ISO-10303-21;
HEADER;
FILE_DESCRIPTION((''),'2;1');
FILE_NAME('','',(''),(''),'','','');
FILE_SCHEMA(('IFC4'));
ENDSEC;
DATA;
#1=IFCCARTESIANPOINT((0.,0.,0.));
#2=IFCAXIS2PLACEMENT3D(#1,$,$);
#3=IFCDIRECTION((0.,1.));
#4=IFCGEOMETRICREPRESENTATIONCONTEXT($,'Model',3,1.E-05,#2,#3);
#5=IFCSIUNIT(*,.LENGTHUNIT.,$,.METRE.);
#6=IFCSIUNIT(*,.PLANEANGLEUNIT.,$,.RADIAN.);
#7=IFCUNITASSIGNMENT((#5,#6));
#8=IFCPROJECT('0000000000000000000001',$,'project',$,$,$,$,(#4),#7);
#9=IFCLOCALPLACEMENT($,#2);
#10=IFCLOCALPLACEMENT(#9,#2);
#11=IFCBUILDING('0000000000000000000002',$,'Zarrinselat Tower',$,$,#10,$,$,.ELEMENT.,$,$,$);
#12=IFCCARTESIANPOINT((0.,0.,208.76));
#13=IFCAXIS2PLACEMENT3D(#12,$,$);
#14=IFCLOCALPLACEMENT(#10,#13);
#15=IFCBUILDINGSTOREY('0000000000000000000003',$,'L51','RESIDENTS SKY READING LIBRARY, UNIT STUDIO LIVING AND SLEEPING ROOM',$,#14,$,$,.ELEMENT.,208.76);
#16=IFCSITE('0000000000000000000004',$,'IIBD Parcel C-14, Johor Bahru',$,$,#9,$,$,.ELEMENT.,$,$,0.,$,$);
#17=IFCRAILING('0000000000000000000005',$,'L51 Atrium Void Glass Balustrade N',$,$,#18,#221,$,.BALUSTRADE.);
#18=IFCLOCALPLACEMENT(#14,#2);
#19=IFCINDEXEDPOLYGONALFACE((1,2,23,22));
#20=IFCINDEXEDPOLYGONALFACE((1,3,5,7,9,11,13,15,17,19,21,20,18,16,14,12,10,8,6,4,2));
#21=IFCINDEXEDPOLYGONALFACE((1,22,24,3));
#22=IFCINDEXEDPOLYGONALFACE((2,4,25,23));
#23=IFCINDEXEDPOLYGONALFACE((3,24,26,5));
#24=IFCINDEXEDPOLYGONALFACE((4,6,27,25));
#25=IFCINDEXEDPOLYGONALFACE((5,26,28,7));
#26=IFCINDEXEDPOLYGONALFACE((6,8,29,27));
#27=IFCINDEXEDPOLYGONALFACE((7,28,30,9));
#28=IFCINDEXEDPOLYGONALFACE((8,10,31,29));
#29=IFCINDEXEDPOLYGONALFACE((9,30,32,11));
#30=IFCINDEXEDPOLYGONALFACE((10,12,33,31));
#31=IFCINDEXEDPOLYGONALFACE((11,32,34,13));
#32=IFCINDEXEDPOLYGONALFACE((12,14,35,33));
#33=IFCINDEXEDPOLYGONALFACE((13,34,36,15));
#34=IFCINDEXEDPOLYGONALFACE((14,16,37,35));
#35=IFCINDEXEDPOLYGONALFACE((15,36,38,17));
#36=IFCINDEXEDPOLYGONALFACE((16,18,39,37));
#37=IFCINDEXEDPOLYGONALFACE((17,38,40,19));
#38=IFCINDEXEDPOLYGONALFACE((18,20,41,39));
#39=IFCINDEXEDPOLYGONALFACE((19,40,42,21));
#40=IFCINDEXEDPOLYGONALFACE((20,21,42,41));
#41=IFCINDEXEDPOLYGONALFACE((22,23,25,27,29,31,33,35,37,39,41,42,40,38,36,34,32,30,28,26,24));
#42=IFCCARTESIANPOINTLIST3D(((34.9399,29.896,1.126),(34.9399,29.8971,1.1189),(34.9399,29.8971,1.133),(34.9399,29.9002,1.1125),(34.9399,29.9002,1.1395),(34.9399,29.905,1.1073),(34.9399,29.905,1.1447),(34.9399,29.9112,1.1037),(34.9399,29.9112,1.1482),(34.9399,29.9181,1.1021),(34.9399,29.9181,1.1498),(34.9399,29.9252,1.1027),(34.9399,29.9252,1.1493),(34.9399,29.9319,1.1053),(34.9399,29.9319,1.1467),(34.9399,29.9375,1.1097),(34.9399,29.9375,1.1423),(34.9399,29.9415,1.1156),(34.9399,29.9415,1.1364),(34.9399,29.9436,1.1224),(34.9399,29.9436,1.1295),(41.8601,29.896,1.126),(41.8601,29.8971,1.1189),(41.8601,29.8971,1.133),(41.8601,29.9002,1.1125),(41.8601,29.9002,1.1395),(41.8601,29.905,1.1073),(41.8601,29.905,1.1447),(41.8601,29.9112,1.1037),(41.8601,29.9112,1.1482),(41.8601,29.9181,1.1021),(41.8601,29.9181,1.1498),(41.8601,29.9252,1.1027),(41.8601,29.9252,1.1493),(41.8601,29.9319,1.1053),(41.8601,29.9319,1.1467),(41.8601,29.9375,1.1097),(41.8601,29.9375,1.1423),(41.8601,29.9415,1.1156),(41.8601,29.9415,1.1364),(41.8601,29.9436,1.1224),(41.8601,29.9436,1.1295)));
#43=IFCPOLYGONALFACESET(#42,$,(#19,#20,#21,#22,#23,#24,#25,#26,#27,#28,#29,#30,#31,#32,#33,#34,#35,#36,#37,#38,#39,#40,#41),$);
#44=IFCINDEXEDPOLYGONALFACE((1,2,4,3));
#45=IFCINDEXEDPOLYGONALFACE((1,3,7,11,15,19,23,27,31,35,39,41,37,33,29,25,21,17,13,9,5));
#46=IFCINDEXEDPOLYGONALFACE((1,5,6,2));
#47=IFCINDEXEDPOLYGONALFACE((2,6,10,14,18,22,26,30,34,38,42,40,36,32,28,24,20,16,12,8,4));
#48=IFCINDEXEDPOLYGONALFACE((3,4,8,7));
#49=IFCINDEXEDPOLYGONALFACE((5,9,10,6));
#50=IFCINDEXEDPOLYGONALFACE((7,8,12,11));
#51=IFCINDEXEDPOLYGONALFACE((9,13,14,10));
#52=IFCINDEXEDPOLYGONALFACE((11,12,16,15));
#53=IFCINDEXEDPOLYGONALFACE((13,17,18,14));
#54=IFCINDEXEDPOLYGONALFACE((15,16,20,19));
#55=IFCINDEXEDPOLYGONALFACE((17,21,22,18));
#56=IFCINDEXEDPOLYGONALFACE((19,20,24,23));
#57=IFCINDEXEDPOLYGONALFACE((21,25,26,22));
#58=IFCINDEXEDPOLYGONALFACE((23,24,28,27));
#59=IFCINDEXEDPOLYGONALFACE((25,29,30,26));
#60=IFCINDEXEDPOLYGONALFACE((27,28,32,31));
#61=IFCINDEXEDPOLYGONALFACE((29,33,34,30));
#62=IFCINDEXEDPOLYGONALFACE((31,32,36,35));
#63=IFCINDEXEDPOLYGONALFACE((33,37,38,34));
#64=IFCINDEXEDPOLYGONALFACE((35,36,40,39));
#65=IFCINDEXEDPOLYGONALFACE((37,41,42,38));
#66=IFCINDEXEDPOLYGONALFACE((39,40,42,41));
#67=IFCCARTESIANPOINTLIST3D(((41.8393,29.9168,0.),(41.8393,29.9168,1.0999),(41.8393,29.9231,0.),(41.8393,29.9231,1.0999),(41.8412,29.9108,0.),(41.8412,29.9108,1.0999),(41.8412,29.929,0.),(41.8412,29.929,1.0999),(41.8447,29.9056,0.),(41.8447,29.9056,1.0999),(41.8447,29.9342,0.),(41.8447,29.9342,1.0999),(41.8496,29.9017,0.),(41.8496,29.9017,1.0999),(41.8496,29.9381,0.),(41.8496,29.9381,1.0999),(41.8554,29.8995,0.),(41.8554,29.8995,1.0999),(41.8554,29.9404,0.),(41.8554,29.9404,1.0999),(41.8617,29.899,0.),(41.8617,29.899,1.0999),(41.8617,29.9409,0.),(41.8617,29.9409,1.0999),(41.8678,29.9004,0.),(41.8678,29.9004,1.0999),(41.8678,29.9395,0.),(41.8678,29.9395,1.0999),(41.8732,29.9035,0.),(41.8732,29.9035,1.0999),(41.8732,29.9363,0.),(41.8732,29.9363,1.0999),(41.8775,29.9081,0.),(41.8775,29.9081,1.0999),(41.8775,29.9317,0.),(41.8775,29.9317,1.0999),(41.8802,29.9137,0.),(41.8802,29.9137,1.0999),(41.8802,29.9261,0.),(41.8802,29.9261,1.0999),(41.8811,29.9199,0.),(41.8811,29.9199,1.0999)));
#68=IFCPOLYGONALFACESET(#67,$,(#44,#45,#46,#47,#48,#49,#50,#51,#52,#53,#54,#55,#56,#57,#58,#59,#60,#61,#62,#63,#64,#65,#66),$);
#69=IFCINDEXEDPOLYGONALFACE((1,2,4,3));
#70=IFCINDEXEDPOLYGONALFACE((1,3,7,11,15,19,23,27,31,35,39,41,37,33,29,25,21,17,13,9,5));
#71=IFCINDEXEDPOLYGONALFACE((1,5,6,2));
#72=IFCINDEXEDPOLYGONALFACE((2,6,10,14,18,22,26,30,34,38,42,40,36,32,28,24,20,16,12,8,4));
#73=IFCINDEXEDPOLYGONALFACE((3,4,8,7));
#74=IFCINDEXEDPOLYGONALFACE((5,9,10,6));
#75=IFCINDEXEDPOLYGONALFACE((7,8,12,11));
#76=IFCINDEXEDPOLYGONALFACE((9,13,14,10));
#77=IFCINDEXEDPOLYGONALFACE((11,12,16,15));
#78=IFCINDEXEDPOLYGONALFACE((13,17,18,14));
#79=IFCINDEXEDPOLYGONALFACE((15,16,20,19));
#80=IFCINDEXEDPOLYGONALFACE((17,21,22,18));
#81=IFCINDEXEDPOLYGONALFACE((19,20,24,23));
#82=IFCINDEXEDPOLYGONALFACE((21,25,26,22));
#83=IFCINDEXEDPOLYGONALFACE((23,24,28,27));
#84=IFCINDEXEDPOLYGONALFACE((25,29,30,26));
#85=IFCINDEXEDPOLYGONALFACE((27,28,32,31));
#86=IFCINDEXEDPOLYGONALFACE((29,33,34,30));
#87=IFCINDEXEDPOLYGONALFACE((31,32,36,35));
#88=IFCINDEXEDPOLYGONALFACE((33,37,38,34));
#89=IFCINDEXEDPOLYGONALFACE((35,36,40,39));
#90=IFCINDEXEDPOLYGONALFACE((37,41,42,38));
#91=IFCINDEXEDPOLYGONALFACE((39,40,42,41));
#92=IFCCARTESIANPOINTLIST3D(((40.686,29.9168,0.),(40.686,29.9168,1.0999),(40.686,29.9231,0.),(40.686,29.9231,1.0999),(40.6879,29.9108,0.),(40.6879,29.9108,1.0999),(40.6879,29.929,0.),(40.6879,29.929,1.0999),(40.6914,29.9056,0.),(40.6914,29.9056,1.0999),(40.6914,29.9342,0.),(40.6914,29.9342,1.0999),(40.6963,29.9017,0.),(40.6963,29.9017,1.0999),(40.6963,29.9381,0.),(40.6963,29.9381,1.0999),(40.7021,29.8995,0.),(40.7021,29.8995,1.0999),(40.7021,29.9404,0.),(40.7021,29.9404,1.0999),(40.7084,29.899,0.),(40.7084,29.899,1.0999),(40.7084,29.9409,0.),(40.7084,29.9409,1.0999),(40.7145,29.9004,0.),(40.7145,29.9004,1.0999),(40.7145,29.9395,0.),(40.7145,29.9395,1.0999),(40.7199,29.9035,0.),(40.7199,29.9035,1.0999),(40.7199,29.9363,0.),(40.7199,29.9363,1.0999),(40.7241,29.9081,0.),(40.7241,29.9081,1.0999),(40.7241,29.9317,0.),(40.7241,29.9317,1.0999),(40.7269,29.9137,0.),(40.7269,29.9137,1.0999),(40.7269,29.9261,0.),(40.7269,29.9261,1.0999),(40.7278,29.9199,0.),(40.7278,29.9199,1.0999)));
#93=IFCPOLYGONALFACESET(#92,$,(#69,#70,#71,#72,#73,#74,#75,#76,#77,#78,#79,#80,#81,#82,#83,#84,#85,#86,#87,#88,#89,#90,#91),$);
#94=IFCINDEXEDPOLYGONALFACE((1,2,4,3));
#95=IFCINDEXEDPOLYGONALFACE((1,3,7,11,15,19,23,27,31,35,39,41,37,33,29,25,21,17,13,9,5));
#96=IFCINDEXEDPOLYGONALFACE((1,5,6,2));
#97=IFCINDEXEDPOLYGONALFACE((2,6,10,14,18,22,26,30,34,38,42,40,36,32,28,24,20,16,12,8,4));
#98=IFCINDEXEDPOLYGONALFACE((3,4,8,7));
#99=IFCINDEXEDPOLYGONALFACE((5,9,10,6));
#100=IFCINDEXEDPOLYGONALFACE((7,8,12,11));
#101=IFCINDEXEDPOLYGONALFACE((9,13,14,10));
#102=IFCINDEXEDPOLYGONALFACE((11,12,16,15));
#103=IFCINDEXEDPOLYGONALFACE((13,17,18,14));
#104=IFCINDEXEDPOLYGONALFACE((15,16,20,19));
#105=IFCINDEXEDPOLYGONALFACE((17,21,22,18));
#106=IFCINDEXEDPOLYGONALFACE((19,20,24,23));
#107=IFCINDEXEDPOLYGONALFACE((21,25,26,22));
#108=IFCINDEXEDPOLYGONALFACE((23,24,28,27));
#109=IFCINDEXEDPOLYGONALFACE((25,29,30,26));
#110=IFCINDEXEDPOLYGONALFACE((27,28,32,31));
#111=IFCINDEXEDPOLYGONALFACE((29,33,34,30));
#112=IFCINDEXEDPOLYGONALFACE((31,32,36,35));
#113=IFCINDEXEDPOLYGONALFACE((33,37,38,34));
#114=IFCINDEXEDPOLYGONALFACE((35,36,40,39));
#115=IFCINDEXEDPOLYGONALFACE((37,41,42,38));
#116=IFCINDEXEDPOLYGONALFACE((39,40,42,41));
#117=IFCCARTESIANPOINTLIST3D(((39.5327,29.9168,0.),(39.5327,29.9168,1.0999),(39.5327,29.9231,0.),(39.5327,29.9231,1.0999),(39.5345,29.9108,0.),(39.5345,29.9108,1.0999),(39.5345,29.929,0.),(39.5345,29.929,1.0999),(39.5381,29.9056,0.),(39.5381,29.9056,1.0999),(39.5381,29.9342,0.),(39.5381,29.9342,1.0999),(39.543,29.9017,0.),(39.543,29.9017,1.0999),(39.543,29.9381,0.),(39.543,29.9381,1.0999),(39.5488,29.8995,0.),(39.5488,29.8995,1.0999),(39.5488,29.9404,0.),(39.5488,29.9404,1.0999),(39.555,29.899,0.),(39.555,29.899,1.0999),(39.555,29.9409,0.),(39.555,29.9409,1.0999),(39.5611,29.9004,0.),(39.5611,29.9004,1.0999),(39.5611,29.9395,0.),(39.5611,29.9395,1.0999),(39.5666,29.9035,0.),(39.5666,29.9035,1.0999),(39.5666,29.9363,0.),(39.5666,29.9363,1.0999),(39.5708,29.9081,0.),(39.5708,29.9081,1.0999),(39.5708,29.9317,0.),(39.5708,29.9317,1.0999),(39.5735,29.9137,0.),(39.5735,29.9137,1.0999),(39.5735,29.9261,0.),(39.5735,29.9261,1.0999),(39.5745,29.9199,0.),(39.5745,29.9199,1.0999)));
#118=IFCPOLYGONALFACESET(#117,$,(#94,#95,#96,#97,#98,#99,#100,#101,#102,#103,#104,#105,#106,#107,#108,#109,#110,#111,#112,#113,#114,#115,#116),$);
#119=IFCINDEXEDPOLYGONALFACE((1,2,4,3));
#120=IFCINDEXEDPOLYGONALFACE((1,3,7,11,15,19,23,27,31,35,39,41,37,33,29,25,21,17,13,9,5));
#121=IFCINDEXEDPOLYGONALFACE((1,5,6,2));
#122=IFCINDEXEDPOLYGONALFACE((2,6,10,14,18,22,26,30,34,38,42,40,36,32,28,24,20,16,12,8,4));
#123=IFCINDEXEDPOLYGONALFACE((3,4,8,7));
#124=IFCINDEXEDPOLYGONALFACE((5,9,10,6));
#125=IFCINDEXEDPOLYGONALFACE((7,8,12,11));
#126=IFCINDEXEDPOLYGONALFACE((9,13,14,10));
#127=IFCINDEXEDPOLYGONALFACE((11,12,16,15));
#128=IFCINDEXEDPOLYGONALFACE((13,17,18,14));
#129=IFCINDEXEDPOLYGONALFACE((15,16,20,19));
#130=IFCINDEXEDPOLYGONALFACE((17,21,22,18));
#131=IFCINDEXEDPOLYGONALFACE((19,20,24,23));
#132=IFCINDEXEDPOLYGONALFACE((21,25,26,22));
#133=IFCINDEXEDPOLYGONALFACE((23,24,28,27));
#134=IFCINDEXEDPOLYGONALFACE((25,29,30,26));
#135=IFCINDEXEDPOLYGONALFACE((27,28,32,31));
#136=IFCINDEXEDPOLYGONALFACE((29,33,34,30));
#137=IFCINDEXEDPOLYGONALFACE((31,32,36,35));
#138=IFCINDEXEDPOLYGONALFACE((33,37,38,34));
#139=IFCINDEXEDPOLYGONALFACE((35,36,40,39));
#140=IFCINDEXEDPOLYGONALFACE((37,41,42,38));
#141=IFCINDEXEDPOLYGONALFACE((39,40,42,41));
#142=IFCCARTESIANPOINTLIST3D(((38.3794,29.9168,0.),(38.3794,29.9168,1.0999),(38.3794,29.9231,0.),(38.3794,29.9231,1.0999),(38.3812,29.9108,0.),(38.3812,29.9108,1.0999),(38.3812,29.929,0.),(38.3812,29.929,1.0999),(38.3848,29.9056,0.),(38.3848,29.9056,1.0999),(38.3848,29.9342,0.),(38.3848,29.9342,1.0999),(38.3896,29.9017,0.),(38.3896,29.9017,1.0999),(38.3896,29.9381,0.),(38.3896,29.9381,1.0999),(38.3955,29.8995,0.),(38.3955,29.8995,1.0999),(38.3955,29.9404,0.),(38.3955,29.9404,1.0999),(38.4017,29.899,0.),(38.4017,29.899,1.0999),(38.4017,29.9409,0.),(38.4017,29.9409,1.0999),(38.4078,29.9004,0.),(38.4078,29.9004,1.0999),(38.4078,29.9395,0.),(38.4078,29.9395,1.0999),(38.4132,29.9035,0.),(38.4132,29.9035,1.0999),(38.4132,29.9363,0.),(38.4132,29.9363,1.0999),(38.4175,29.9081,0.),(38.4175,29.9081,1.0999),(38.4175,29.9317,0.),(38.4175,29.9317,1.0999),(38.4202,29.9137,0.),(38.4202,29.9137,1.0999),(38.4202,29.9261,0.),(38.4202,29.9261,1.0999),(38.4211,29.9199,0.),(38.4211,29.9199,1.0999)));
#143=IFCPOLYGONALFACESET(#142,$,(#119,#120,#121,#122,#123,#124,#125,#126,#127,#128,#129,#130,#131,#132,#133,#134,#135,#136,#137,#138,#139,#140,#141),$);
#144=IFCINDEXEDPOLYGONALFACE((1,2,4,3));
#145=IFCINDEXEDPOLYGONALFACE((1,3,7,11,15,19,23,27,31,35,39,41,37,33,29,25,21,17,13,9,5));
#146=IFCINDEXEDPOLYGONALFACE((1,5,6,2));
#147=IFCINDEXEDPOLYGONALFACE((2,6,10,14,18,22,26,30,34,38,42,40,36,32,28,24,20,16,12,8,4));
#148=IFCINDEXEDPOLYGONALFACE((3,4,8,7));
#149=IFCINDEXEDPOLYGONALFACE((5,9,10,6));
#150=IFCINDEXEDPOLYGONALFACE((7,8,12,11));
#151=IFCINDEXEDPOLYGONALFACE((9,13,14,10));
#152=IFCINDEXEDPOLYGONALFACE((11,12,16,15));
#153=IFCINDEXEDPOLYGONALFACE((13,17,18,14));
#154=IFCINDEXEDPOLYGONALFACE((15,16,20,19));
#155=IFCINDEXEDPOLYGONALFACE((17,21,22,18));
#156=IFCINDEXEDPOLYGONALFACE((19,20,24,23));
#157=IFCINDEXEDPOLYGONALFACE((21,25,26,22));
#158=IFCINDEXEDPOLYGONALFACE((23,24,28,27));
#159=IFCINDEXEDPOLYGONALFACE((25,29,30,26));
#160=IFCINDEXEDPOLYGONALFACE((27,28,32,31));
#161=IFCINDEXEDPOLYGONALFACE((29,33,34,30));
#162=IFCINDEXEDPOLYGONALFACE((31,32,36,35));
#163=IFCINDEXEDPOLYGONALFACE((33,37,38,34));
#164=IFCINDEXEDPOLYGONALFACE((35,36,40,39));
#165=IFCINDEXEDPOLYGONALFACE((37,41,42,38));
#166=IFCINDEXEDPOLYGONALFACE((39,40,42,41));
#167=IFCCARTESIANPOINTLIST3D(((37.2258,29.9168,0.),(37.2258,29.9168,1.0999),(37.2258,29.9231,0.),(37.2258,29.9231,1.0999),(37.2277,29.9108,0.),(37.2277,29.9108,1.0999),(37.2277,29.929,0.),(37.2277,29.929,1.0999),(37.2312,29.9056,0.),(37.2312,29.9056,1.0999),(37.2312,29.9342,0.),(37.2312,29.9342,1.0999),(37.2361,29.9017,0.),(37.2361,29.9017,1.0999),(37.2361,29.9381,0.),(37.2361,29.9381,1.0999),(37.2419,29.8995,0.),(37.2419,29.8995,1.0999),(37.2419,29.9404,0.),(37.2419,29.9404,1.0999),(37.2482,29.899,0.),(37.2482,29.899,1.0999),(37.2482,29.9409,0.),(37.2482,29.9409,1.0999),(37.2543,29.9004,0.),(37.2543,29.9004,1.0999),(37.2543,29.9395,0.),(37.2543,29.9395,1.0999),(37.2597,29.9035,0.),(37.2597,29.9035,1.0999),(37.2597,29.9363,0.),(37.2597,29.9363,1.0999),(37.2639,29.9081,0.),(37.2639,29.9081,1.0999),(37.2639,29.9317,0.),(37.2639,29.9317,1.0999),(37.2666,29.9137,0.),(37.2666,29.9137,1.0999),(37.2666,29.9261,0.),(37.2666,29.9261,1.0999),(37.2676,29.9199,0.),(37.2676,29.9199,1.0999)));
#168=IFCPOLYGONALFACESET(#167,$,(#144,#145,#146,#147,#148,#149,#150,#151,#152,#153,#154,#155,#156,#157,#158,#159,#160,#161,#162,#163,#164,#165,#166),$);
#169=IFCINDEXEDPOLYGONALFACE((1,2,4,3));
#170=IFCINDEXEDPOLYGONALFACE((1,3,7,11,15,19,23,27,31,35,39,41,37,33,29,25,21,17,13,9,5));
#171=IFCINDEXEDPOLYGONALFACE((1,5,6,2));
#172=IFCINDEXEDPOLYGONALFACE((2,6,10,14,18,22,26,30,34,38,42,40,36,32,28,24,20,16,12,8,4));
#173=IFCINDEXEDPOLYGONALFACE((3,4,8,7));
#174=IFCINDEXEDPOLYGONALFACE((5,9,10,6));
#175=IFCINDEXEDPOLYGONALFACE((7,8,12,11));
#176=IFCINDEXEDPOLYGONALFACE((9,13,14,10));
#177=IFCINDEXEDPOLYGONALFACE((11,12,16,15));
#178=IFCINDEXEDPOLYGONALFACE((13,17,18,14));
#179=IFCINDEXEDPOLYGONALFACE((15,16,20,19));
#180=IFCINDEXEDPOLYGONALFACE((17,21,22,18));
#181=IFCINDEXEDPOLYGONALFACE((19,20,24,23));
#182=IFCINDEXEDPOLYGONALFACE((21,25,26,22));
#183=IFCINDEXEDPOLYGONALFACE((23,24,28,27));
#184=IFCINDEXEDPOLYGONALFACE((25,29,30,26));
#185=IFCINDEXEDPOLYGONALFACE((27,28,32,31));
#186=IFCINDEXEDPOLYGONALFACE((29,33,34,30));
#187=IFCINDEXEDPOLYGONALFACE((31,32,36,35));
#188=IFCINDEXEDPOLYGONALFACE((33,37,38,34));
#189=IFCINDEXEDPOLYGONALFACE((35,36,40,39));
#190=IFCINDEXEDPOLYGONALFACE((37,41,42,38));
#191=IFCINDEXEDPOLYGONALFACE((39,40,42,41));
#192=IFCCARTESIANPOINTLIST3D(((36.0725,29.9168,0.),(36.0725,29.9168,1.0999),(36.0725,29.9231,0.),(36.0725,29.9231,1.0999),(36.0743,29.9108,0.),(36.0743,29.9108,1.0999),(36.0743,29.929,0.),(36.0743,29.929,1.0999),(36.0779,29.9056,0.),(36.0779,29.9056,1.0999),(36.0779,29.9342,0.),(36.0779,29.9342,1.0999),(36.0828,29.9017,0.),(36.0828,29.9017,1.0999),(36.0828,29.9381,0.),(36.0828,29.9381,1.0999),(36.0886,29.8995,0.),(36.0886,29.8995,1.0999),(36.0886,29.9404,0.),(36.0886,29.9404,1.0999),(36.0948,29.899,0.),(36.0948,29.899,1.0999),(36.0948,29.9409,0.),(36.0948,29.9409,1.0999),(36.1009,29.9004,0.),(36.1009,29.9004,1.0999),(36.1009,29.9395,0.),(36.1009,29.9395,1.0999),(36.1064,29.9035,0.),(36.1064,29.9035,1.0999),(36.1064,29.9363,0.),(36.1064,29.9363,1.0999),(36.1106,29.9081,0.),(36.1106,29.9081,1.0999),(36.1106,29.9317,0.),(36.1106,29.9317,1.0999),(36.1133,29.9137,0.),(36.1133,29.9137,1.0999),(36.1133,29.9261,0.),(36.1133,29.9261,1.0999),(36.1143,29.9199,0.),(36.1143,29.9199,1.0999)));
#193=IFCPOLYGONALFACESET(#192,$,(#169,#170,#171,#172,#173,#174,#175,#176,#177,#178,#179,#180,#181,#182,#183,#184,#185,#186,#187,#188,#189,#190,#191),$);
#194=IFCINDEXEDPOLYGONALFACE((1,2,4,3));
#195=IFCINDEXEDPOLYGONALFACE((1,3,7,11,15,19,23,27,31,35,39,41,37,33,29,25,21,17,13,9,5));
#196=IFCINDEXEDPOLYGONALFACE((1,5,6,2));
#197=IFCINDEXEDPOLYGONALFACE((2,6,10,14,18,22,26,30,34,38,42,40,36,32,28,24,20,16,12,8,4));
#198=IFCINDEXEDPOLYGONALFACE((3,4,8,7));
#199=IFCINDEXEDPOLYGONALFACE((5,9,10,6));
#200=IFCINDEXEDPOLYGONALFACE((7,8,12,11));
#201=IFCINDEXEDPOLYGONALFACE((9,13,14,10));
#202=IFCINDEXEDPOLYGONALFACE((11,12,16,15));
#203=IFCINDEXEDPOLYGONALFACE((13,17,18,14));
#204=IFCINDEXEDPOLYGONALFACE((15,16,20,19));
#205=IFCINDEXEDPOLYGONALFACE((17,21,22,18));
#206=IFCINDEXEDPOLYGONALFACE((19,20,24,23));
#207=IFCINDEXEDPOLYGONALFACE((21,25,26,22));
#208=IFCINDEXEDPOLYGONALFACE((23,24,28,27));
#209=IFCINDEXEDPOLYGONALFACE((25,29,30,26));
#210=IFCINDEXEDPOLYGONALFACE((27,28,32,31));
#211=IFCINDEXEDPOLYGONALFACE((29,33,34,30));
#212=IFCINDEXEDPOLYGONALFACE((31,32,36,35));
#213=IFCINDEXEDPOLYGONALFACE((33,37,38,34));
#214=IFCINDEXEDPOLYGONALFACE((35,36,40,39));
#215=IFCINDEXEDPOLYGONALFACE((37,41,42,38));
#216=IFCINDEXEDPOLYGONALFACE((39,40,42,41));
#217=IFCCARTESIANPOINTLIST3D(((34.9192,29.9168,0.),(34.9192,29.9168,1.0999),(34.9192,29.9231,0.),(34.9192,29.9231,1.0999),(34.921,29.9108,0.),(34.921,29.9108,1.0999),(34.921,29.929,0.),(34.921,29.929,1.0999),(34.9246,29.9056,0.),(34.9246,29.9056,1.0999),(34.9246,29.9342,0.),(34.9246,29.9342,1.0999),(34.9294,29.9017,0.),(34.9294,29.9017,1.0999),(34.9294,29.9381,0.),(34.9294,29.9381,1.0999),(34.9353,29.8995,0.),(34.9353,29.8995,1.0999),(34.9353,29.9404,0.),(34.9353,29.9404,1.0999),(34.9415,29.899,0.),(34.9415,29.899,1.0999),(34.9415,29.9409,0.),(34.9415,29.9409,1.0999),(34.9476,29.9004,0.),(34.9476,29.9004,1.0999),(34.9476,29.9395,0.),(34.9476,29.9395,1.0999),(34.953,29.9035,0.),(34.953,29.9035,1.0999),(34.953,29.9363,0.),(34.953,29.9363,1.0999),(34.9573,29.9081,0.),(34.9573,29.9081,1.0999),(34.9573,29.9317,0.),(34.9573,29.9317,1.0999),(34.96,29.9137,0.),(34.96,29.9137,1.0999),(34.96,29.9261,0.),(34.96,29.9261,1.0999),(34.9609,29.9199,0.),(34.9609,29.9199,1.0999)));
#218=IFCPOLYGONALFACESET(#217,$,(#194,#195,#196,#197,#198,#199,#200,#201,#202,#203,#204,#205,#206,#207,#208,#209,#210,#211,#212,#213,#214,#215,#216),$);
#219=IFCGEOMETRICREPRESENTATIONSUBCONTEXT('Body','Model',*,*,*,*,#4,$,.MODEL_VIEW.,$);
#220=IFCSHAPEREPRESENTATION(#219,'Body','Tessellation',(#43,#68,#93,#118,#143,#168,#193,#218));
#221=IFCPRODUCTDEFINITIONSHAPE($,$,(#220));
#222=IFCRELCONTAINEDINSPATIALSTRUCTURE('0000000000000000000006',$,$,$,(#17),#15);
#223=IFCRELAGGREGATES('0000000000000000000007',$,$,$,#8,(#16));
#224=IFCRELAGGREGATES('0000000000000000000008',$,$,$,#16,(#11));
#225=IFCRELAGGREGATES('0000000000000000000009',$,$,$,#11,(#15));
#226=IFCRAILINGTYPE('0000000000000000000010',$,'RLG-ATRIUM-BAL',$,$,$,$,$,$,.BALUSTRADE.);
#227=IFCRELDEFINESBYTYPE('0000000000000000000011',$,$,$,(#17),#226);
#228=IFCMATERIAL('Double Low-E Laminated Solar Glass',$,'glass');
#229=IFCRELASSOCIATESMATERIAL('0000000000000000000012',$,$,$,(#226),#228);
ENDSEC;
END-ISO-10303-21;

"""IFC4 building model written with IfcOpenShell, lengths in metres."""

from ifc_helpers import new_model, si_unit, direction, frame, origin, origin_2d, place, context, subcontext, project, spatial, circle, extrude, material, type_object, element, save


model = new_model("IFC4")

# Units and contexts
model_context = context("Model", 3, precision=1e-05, world=origin(), true_north=direction((0.0, 1.0)))
body_context = subcontext(model_context, "Body", "Model", "MODEL_VIEW")
ifc_project = project(units=[si_unit("LENGTHUNIT", "METRE"), si_unit("PLANEANGLEUNIT", "RADIAN")], contexts=[model_context])

# Site, building, storey
site_placement = place(None, origin())
site = spatial("IfcSite", under=ifc_project, at=site_placement, Name="IIBD Parcel C-14, Johor Bahru", CompositionType="ELEMENT", RefElevation=0.0)
building_placement = place(site_placement, origin())
building = spatial("IfcBuilding", under=site, at=building_placement, Name="Zarrinselat Tower", CompositionType="ELEMENT")
storey_placement = place(building_placement, frame((0.0, 0.0, 208.76)))
storey = spatial("IfcBuildingStorey", under=building, at=storey_placement, Name="L51", Description="RESIDENTS SKY READING LIBRARY, UNIT STUDIO LIVING AND SLEEPING ROOM", CompositionType="ELEMENT", Elevation=208.76)

# Railing
ifc_material_1 = material(Name="Double Low-E Laminated Solar Glass", Category="glass")
railing_type_1 = type_object("IfcRailingType", Name="RLG-ATRIUM-BAL", PredefinedType="BALUSTRADE", material=ifc_material_1)
railing_1_placement = place(storey_placement, frame((41.8601, 29.9199, 0.0)))
element("IfcRailing", 1, at=railing_1_placement, inside=storey, type_object=railing_type_1, Name="L51 Atrium Void Glass Balustrade N", PredefinedType="BALUSTRADE", context=body_context, shape_type="SweptSolid", body=[
    extrude(circle(Radius=0.0239, at=origin_2d()), frame((0.0, 0.0, 1.126), z_axis=(-1.0, 0.0, 0.0), x_axis=(0.0, -1.0, 0.0)), (0.0, 0.0, 1.0), 6.9202),
    extrude(circle(Radius=0.021, at=origin_2d()), origin(), (0.0, 0.0, 1.0), 1.0999),
    extrude(circle(Radius=0.021, at=origin_2d()), frame((-1.1533, 0.0, 0.0)), (0.0, 0.0, 1.0), 1.0999),
    extrude(circle(Radius=0.021, at=origin_2d()), frame((-2.3066, 0.0, 0.0)), (0.0, 0.0, 1.0), 1.0999),
    extrude(circle(Radius=0.021, at=origin_2d()), frame((-3.46, 0.0, 0.0)), (0.0, 0.0, 1.0), 1.0999),
    extrude(circle(Radius=0.021, at=origin_2d()), frame((-4.6135, 0.0, 0.0)), (0.0, 0.0, 1.0), 1.0999),
    extrude(circle(Radius=0.021, at=origin_2d()), frame((-5.7668, 0.0, 0.0)), (0.0, 0.0, 1.0), 1.0999),
    extrude(circle(Radius=0.021, at=origin_2d()), frame((-6.9202, 0.0, 0.0)), (0.0, 0.0, 1.0), 1.0999),
])

save(model, "model.ifc")
